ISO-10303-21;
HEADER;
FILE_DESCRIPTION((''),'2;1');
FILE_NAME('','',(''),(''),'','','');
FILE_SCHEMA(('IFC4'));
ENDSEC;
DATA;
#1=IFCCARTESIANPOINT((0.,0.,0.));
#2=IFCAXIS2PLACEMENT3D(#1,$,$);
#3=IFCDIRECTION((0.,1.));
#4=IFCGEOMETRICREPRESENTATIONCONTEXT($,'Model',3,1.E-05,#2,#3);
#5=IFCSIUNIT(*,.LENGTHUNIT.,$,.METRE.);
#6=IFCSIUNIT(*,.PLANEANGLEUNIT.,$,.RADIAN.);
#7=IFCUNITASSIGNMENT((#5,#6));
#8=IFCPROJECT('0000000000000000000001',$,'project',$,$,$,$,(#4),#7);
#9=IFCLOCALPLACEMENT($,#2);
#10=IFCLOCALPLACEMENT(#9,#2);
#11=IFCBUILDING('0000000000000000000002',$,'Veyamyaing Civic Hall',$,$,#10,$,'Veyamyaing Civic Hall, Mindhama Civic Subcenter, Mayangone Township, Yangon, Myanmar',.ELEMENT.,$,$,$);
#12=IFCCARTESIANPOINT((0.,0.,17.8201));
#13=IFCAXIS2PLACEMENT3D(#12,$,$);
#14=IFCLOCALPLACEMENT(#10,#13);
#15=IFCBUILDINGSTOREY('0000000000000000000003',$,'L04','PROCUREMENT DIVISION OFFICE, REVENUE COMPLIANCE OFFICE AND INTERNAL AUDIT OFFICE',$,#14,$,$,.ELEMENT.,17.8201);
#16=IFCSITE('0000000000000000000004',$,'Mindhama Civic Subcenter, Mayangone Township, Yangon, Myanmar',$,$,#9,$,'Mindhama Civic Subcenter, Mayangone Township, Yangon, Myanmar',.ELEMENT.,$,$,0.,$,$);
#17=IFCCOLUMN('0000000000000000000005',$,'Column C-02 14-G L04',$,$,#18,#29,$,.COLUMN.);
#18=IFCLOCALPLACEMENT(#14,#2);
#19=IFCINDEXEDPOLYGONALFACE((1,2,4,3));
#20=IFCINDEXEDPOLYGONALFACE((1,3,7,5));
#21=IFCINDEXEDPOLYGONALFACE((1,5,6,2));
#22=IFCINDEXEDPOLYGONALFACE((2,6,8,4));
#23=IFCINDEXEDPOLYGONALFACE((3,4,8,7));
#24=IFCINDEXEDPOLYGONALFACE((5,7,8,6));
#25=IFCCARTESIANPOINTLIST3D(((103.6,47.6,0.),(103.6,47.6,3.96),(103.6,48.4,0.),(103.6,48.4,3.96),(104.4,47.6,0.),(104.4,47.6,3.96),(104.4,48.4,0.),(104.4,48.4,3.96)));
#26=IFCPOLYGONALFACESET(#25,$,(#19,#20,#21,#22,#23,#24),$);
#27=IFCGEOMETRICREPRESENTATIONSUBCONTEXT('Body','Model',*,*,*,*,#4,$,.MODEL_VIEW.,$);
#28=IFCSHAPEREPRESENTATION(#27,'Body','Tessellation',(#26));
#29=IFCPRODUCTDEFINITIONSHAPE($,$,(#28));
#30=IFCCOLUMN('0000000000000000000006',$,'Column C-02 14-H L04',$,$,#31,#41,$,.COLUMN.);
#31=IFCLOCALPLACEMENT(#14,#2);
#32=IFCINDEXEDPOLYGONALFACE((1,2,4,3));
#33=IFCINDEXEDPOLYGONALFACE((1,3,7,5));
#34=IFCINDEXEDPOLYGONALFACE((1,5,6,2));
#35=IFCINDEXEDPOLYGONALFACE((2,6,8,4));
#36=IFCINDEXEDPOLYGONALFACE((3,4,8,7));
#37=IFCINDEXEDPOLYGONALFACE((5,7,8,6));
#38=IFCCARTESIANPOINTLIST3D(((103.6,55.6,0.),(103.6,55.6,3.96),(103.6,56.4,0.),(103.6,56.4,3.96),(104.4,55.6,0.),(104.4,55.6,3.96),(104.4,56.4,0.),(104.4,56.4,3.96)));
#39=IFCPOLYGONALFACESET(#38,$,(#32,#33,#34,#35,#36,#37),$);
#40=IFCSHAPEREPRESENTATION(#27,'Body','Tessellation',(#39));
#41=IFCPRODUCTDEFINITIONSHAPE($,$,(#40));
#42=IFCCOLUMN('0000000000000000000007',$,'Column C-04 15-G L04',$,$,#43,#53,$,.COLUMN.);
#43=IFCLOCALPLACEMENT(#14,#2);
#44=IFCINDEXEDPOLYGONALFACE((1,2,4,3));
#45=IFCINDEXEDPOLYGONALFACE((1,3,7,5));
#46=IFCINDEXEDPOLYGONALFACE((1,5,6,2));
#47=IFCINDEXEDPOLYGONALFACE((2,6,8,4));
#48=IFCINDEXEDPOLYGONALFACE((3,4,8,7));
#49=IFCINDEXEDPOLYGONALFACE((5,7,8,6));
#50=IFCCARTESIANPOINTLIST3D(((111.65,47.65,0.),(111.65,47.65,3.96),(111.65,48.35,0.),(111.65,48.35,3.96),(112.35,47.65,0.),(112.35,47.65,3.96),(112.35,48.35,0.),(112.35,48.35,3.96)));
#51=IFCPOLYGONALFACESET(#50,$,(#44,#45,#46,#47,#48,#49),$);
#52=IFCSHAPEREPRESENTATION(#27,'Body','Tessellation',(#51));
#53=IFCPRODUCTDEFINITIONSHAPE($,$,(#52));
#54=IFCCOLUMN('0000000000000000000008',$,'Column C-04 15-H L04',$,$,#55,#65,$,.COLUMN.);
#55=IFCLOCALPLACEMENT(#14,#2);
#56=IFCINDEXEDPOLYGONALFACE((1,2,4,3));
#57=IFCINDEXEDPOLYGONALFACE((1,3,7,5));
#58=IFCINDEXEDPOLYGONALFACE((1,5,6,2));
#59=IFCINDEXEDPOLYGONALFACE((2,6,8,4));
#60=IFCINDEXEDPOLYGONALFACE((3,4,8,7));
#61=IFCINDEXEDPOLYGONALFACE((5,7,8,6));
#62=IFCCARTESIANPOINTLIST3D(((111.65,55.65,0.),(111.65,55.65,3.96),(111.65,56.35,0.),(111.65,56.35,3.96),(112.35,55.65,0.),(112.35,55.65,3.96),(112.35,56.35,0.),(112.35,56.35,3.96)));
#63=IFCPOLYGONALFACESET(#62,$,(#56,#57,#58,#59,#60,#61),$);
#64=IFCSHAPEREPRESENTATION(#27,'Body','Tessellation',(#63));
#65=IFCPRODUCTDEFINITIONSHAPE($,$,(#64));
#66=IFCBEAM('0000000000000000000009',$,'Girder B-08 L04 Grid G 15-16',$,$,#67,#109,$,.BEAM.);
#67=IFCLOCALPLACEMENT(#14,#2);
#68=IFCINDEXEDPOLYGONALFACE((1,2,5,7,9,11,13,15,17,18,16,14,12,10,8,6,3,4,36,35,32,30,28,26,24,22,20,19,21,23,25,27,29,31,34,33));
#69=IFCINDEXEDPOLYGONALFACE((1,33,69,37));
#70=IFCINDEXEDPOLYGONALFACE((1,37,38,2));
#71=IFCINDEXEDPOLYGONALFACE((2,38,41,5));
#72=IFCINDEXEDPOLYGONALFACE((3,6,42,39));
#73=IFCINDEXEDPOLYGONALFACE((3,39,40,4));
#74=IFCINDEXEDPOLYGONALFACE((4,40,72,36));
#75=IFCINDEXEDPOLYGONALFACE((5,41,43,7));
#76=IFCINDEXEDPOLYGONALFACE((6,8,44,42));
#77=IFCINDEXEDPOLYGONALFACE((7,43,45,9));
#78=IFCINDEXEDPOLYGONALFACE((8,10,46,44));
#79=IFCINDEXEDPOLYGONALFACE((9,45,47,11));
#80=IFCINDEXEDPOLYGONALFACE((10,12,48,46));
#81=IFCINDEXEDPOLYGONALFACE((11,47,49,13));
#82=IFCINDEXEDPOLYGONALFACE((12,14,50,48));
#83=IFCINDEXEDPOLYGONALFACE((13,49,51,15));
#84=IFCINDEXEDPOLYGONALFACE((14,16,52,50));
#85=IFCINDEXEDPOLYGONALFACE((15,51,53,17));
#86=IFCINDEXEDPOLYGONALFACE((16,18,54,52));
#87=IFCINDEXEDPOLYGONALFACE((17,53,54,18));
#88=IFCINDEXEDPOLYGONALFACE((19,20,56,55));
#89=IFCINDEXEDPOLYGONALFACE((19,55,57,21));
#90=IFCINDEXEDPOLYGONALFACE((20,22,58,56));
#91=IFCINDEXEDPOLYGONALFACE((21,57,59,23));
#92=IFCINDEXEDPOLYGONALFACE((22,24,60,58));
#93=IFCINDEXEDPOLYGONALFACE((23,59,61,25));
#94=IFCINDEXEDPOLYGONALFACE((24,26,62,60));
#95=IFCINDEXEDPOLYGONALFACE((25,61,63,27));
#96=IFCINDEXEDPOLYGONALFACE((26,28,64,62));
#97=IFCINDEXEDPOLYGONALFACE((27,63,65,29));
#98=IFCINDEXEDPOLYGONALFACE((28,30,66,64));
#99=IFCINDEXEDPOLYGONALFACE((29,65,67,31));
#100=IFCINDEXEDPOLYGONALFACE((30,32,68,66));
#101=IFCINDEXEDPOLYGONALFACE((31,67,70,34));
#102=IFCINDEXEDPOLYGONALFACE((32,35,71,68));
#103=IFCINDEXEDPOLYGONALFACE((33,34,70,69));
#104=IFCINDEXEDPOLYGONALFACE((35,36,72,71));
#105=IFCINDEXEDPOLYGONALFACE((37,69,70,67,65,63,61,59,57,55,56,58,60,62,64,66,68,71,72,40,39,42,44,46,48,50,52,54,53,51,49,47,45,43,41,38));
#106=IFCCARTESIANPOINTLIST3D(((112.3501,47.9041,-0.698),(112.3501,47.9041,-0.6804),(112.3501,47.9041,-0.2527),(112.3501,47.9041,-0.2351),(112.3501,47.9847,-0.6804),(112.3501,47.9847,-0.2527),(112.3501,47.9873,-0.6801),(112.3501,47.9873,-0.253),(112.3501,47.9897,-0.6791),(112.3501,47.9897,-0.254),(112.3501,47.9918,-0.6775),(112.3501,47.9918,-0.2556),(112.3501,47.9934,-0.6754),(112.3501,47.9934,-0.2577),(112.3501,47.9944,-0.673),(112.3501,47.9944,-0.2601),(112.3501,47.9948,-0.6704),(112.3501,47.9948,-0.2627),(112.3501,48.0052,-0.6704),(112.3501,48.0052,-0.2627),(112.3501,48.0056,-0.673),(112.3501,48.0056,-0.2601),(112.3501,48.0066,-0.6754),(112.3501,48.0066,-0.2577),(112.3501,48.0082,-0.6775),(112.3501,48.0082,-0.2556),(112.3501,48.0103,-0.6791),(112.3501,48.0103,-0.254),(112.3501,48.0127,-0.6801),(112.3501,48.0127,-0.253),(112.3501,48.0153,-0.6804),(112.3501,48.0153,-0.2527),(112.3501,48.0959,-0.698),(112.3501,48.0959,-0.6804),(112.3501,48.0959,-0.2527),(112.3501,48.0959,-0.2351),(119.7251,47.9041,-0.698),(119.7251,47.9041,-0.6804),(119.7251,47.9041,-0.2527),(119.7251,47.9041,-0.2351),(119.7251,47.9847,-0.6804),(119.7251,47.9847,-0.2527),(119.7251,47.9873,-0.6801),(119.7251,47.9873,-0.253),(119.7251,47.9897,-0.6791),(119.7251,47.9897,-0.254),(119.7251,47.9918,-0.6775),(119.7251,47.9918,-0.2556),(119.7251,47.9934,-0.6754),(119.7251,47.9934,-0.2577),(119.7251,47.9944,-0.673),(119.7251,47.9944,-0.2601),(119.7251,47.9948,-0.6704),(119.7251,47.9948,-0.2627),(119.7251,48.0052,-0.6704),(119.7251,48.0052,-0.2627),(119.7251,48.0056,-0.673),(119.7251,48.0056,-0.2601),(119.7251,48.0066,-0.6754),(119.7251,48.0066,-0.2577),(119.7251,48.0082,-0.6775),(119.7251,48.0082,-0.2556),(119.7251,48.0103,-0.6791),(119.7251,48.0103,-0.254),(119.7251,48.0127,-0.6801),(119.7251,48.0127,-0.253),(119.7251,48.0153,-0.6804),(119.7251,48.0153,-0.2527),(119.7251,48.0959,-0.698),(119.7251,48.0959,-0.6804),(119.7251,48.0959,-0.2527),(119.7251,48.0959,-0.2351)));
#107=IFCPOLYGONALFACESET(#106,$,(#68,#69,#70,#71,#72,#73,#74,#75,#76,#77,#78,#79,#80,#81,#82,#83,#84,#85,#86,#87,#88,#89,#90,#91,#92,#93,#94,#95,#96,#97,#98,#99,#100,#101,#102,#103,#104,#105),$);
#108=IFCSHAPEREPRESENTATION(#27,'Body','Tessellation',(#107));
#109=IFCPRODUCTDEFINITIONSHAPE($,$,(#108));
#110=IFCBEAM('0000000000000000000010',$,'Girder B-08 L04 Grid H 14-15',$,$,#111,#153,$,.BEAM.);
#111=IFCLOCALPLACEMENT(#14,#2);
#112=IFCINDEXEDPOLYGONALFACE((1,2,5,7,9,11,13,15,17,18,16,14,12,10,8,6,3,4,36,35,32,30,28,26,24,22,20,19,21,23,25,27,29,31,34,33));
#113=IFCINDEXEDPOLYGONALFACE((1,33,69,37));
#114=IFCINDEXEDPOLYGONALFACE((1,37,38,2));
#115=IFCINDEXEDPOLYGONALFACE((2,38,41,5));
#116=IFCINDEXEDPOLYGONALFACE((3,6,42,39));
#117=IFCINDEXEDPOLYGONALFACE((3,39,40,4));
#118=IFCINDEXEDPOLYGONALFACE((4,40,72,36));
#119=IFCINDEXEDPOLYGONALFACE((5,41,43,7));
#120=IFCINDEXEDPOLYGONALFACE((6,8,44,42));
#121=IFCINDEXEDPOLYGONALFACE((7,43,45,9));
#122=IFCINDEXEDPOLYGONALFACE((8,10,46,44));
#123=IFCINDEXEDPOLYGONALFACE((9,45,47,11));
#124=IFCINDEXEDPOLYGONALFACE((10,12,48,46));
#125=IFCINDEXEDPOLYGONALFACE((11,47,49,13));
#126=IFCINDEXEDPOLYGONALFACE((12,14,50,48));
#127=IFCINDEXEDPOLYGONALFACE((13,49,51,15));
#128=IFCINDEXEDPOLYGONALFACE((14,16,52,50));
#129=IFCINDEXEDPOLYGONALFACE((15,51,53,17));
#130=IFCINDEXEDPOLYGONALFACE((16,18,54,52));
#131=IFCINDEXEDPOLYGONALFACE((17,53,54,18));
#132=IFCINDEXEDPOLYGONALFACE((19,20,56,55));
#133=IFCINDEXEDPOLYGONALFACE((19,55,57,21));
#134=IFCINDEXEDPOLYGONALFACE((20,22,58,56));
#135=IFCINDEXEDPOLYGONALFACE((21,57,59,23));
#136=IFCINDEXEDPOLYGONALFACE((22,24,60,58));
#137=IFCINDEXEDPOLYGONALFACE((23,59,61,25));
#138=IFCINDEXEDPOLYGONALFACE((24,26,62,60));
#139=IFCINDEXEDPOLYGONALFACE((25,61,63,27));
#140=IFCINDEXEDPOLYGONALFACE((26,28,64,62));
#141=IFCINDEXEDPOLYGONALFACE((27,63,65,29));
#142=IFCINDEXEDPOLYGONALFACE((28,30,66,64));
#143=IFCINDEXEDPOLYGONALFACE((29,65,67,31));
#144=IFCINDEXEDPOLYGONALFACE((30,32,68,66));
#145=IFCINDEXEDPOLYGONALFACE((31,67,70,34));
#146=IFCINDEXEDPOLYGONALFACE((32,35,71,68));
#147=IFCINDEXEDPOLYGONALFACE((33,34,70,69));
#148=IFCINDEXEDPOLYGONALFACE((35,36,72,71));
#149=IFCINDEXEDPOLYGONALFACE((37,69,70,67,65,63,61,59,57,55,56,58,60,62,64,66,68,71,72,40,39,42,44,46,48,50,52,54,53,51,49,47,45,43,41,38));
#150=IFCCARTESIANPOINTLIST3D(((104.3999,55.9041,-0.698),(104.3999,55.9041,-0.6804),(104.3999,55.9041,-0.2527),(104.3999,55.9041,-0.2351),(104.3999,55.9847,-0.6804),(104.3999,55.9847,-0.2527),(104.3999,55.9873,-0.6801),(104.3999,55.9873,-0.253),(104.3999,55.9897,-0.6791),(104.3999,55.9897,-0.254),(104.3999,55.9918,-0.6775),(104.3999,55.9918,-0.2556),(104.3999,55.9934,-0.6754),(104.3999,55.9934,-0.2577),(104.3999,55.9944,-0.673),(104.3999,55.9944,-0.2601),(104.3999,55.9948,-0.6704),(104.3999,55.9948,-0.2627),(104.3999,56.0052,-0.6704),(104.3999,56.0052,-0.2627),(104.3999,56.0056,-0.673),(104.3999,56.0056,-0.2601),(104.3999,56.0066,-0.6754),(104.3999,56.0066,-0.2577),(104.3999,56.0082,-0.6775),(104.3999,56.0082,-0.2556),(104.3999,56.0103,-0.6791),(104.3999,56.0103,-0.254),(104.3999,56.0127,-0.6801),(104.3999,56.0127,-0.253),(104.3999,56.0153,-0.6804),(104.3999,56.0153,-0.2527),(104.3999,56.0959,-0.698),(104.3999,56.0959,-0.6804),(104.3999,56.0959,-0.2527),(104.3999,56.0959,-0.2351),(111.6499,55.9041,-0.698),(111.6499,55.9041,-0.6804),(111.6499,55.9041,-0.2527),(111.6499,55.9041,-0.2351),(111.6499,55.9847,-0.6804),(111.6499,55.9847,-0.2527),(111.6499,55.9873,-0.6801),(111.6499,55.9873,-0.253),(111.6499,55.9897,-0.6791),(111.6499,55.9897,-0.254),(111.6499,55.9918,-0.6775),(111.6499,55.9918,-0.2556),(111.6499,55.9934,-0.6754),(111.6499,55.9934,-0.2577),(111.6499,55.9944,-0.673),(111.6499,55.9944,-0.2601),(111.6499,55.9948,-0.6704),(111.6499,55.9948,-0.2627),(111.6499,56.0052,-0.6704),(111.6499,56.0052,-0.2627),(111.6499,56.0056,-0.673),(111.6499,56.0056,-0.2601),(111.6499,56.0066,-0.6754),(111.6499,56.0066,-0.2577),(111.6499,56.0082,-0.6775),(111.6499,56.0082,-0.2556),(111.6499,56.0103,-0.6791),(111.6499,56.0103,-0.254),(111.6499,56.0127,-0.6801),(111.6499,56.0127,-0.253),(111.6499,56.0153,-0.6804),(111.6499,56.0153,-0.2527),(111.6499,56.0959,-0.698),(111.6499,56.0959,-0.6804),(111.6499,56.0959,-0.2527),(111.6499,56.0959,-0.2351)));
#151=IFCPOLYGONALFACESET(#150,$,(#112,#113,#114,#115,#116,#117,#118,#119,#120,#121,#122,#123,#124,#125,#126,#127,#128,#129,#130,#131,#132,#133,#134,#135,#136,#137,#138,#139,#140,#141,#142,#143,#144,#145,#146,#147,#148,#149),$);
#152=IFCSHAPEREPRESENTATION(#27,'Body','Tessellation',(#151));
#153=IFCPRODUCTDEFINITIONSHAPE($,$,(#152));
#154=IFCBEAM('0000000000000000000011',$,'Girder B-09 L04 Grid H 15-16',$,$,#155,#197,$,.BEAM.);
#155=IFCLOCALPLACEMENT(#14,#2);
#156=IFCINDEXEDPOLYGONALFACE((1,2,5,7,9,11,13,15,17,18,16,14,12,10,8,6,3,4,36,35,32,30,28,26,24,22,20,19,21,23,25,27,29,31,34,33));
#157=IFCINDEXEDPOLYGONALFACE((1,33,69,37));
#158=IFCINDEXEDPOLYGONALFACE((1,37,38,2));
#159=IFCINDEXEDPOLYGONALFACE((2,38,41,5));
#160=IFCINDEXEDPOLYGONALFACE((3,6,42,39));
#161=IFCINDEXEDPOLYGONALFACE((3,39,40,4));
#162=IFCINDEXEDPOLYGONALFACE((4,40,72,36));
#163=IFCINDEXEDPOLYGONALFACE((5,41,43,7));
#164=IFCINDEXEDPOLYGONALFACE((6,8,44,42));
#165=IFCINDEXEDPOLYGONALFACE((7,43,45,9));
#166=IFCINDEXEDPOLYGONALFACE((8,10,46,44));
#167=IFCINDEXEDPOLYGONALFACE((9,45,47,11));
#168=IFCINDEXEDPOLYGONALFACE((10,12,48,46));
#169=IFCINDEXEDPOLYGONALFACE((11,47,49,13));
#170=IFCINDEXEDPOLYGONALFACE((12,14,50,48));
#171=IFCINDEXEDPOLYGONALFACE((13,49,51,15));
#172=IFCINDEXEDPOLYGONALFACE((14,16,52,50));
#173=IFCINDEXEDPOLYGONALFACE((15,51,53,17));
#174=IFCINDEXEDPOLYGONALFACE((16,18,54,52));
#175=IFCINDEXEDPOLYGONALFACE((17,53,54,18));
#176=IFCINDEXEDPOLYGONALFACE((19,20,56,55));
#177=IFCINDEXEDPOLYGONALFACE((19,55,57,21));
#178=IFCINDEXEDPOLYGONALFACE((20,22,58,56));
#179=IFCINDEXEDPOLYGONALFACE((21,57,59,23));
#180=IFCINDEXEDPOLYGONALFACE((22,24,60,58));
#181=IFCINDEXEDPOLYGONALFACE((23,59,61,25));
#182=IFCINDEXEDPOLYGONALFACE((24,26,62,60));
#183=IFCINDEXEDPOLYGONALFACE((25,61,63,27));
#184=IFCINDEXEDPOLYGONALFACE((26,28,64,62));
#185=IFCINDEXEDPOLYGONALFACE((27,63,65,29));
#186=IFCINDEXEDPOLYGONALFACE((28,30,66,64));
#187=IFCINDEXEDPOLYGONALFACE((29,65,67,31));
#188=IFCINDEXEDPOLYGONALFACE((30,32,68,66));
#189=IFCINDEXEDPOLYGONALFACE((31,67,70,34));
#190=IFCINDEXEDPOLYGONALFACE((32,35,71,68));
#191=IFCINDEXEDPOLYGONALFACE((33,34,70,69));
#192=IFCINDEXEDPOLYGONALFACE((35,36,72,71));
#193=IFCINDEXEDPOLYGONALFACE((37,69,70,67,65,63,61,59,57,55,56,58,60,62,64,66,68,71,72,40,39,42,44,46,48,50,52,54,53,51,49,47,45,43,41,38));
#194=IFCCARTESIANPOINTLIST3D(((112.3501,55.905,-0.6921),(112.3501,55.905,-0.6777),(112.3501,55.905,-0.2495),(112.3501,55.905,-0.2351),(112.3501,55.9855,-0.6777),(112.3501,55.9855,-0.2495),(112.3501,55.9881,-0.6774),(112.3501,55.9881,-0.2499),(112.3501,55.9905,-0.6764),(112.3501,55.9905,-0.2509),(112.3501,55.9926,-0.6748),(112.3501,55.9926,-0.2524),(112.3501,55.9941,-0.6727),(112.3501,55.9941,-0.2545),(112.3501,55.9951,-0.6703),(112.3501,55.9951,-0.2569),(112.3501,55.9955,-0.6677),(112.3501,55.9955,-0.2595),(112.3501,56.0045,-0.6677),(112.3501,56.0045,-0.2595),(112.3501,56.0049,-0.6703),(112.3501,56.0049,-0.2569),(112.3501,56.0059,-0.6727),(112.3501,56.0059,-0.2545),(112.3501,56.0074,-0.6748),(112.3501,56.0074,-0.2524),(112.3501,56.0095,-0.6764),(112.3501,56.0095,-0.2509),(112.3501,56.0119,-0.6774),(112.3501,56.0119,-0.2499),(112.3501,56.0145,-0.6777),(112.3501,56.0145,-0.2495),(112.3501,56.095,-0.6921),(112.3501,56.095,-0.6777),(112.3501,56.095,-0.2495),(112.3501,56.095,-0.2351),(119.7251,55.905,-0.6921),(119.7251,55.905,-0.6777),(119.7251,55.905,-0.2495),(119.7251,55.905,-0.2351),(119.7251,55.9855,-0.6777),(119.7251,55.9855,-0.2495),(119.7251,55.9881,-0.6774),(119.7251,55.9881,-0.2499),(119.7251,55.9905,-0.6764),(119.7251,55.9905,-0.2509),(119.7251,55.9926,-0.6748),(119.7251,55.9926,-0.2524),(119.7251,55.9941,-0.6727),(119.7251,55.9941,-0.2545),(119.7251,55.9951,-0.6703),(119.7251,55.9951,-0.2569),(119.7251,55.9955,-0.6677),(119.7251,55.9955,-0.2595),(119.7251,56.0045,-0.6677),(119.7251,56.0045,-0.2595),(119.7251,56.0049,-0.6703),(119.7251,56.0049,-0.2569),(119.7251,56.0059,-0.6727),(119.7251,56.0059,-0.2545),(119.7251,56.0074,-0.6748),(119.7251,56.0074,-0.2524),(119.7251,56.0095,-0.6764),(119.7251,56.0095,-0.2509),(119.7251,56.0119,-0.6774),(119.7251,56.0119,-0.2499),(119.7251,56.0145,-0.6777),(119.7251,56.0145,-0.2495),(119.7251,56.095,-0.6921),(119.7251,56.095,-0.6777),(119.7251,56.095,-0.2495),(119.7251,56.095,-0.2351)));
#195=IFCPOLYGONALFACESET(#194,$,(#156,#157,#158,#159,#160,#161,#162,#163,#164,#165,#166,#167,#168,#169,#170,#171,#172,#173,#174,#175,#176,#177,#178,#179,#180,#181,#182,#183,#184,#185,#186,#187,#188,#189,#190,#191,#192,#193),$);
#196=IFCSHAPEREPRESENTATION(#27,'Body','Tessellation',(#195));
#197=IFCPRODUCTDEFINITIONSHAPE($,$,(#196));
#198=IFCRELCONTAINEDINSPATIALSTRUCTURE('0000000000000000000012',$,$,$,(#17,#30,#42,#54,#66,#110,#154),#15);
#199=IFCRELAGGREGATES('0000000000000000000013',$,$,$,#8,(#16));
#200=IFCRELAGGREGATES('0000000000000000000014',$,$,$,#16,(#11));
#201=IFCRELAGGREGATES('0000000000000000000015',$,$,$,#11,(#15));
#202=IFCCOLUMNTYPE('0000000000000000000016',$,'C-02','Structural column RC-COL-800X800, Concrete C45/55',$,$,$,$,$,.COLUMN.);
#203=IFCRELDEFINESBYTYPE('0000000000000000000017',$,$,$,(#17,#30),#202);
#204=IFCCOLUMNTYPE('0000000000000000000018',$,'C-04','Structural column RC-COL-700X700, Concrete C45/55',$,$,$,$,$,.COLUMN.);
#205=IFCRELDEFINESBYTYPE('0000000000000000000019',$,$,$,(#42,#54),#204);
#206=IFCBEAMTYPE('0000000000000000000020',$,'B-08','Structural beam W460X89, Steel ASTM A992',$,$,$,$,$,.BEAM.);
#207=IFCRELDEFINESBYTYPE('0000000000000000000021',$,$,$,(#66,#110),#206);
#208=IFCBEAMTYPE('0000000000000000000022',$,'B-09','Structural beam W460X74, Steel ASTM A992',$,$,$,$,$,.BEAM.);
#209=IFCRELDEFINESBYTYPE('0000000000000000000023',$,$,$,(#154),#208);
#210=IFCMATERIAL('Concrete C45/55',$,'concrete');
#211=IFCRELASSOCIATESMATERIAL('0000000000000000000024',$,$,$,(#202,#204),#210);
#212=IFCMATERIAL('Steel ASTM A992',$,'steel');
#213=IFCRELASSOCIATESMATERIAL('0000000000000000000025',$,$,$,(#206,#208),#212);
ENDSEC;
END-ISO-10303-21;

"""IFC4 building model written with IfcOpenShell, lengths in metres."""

from ifc_helpers import new_model, si_unit, direction, frame, origin, origin_2d, place, context, subcontext, project, spatial, rectangle, i_section, extrude, material, material_profile, profile_set, type_object, element, save


model = new_model("IFC4")

# Units and contexts
model_context = context("Model", 3, precision=1e-05, world=origin(), true_north=direction((0.0, 1.0)))
body_context = subcontext(model_context, "Body", "Model", "MODEL_VIEW")
ifc_project = project(units=[si_unit("LENGTHUNIT", "METRE"), si_unit("PLANEANGLEUNIT", "RADIAN")], contexts=[model_context])

# Site, building, storey
site_placement = place(None, origin())
site = spatial("IfcSite", under=ifc_project, at=site_placement, Name="Mindhama Civic Subcenter, Mayangone Township, Yangon, Myanmar", LongName="Mindhama Civic Subcenter, Mayangone Township, Yangon, Myanmar", CompositionType="ELEMENT", RefElevation=0.0)
building_placement = place(site_placement, origin())
building = spatial("IfcBuilding", under=site, at=building_placement, Name="Veyamyaing Civic Hall", LongName="Veyamyaing Civic Hall, Mindhama Civic Subcenter, Mayangone Township, Yangon, Myanmar", CompositionType="ELEMENT")
storey_placement = place(building_placement, frame((0.0, 0.0, 17.8201)))
storey = spatial("IfcBuildingStorey", under=building, at=storey_placement, Name="L04", Description="PROCUREMENT DIVISION OFFICE, REVENUE COMPLIANCE OFFICE AND INTERNAL AUDIT OFFICE", CompositionType="ELEMENT", Elevation=17.8201)

# Columns
ifc_material_1 = material(Name="Concrete C45/55", Category="concrete")
ifc_material_profile_1 = material_profile(ifc_material_1, rectangle(XDim=0.8, YDim=0.8, at=origin_2d()), Name="RC-COL-800X800")
ifc_profile_set_1 = profile_set([ifc_material_profile_1], Name="Concrete C45/55")
column_type_1 = type_object("IfcColumnType", Name="C-02", Description="Structural column RC-COL-800X800, Concrete C45/55", PredefinedType="COLUMN", material=ifc_profile_set_1)
for number, where, z_axis, x_axis, name in (
    (1, (104.0, 48.0, 0.0), (0.0, 0.0, 1.0), (1.0, 0.0, 0.0), "Column C-02 14-G L04"),
    (2, (104.0, 56.0, 0.0), (0.0, 0.0, 1.0), (1.0, 0.0, 0.0), "Column C-02 14-H L04"),
):
    element("IfcColumn", number, at=place(storey_placement, frame(where, z_axis=z_axis, x_axis=x_axis)), inside=storey, type_object=column_type_1, Name=name, PredefinedType="COLUMN", context=body_context, shape_type="SweptSolid", body=[
        extrude(rectangle(XDim=0.8, YDim=0.8, at=origin_2d()), origin(), (0.0, 0.0, 1.0), 3.96),
    ])
ifc_material_profile_2 = material_profile(ifc_material_1, rectangle(XDim=0.7, YDim=0.7, at=origin_2d()), Name="RC-COL-700X700")
ifc_profile_set_2 = profile_set([ifc_material_profile_2], Name="Concrete C45/55")
column_type_2 = type_object("IfcColumnType", Name="C-04", Description="Structural column RC-COL-700X700, Concrete C45/55", PredefinedType="COLUMN", material=ifc_profile_set_2)
for number, where, z_axis, x_axis, name in (
    (3, (112.0, 48.0, 0.0), (0.0, 0.0, 1.0), (1.0, 0.0, 0.0), "Column C-04 15-G L04"),
    (4, (112.0, 56.0, 0.0), (0.0, 0.0, 1.0), (1.0, 0.0, 0.0), "Column C-04 15-H L04"),
):
    element("IfcColumn", number, at=place(storey_placement, frame(where, z_axis=z_axis, x_axis=x_axis)), inside=storey, type_object=column_type_2, Name=name, PredefinedType="COLUMN", context=body_context, shape_type="SweptSolid", body=[
        extrude(rectangle(XDim=0.7, YDim=0.7, at=origin_2d()), origin(), (0.0, 0.0, 1.0), 3.96),
    ])

# Beams
ifc_material_2 = material(Name="Steel ASTM A992", Category="steel")
ifc_material_profile_3 = material_profile(ifc_material_2, i_section(OverallWidth=0.1919, OverallDepth=0.4629, WebThickness=0.0105, FlangeThickness=0.0176, FilletRadius=0.01, at=origin_2d()), Name="W460X89")
ifc_profile_set_3 = profile_set([ifc_material_profile_3], Name="Steel ASTM A992")
beam_type_1 = type_object("IfcBeamType", Name="B-08", Description="Structural beam W460X89, Steel ASTM A992", PredefinedType="BEAM", material=ifc_profile_set_3)
beam_1_placement = place(storey_placement, frame((112.3501, 48.0, -0.4666), z_axis=(1.0, 0.0, 0.0), x_axis=(0.0, 1.0, 0.0)))
element("IfcBeam", 5, at=beam_1_placement, inside=storey, type_object=beam_type_1, Name="Girder B-08 L04 Grid G 15-16", PredefinedType="BEAM", context=body_context, shape_type="SweptSolid", body=[
    extrude(i_section(OverallWidth=0.1919, OverallDepth=0.4629, WebThickness=0.0105, FlangeThickness=0.0176, FilletRadius=0.01, at=origin_2d()), origin(), (0.0, 0.0, 1.0), 7.375),
])
beam_2_placement = place(storey_placement, frame((104.3999, 56.0, -0.4666), z_axis=(1.0, 0.0, 0.0), x_axis=(0.0, 1.0, 0.0)))
element("IfcBeam", 6, at=beam_2_placement, inside=storey, type_object=beam_type_1, Name="Girder B-08 L04 Grid H 14-15", PredefinedType="BEAM", context=body_context, shape_type="SweptSolid", body=[
    extrude(i_section(OverallWidth=0.1919, OverallDepth=0.4629, WebThickness=0.0105, FlangeThickness=0.0176, FilletRadius=0.01, at=origin_2d()), origin(), (0.0, 0.0, 1.0), 7.25),
])
ifc_material_profile_4 = material_profile(ifc_material_2, i_section(OverallWidth=0.1899, OverallDepth=0.457, WebThickness=0.009, FlangeThickness=0.0144, FilletRadius=0.01, at=origin_2d()), Name="W460X74")
ifc_profile_set_4 = profile_set([ifc_material_profile_4], Name="Steel ASTM A992")
beam_type_2 = type_object("IfcBeamType", Name="B-09", Description="Structural beam W460X74, Steel ASTM A992", PredefinedType="BEAM", material=ifc_profile_set_4)
beam_3_placement = place(storey_placement, frame((112.3501, 56.0, -0.4636), z_axis=(1.0, 0.0, 0.0), x_axis=(0.0, 1.0, 0.0)))
element("IfcBeam", 7, at=beam_3_placement, inside=storey, type_object=beam_type_2, Name="Girder B-09 L04 Grid H 15-16", PredefinedType="BEAM", context=body_context, shape_type="SweptSolid", body=[
    extrude(i_section(OverallWidth=0.1899, OverallDepth=0.457, WebThickness=0.009, FlangeThickness=0.0144, FilletRadius=0.01, at=origin_2d()), origin(), (0.0, 0.0, 1.0), 7.375),
])

save(model, "model.ifc")
